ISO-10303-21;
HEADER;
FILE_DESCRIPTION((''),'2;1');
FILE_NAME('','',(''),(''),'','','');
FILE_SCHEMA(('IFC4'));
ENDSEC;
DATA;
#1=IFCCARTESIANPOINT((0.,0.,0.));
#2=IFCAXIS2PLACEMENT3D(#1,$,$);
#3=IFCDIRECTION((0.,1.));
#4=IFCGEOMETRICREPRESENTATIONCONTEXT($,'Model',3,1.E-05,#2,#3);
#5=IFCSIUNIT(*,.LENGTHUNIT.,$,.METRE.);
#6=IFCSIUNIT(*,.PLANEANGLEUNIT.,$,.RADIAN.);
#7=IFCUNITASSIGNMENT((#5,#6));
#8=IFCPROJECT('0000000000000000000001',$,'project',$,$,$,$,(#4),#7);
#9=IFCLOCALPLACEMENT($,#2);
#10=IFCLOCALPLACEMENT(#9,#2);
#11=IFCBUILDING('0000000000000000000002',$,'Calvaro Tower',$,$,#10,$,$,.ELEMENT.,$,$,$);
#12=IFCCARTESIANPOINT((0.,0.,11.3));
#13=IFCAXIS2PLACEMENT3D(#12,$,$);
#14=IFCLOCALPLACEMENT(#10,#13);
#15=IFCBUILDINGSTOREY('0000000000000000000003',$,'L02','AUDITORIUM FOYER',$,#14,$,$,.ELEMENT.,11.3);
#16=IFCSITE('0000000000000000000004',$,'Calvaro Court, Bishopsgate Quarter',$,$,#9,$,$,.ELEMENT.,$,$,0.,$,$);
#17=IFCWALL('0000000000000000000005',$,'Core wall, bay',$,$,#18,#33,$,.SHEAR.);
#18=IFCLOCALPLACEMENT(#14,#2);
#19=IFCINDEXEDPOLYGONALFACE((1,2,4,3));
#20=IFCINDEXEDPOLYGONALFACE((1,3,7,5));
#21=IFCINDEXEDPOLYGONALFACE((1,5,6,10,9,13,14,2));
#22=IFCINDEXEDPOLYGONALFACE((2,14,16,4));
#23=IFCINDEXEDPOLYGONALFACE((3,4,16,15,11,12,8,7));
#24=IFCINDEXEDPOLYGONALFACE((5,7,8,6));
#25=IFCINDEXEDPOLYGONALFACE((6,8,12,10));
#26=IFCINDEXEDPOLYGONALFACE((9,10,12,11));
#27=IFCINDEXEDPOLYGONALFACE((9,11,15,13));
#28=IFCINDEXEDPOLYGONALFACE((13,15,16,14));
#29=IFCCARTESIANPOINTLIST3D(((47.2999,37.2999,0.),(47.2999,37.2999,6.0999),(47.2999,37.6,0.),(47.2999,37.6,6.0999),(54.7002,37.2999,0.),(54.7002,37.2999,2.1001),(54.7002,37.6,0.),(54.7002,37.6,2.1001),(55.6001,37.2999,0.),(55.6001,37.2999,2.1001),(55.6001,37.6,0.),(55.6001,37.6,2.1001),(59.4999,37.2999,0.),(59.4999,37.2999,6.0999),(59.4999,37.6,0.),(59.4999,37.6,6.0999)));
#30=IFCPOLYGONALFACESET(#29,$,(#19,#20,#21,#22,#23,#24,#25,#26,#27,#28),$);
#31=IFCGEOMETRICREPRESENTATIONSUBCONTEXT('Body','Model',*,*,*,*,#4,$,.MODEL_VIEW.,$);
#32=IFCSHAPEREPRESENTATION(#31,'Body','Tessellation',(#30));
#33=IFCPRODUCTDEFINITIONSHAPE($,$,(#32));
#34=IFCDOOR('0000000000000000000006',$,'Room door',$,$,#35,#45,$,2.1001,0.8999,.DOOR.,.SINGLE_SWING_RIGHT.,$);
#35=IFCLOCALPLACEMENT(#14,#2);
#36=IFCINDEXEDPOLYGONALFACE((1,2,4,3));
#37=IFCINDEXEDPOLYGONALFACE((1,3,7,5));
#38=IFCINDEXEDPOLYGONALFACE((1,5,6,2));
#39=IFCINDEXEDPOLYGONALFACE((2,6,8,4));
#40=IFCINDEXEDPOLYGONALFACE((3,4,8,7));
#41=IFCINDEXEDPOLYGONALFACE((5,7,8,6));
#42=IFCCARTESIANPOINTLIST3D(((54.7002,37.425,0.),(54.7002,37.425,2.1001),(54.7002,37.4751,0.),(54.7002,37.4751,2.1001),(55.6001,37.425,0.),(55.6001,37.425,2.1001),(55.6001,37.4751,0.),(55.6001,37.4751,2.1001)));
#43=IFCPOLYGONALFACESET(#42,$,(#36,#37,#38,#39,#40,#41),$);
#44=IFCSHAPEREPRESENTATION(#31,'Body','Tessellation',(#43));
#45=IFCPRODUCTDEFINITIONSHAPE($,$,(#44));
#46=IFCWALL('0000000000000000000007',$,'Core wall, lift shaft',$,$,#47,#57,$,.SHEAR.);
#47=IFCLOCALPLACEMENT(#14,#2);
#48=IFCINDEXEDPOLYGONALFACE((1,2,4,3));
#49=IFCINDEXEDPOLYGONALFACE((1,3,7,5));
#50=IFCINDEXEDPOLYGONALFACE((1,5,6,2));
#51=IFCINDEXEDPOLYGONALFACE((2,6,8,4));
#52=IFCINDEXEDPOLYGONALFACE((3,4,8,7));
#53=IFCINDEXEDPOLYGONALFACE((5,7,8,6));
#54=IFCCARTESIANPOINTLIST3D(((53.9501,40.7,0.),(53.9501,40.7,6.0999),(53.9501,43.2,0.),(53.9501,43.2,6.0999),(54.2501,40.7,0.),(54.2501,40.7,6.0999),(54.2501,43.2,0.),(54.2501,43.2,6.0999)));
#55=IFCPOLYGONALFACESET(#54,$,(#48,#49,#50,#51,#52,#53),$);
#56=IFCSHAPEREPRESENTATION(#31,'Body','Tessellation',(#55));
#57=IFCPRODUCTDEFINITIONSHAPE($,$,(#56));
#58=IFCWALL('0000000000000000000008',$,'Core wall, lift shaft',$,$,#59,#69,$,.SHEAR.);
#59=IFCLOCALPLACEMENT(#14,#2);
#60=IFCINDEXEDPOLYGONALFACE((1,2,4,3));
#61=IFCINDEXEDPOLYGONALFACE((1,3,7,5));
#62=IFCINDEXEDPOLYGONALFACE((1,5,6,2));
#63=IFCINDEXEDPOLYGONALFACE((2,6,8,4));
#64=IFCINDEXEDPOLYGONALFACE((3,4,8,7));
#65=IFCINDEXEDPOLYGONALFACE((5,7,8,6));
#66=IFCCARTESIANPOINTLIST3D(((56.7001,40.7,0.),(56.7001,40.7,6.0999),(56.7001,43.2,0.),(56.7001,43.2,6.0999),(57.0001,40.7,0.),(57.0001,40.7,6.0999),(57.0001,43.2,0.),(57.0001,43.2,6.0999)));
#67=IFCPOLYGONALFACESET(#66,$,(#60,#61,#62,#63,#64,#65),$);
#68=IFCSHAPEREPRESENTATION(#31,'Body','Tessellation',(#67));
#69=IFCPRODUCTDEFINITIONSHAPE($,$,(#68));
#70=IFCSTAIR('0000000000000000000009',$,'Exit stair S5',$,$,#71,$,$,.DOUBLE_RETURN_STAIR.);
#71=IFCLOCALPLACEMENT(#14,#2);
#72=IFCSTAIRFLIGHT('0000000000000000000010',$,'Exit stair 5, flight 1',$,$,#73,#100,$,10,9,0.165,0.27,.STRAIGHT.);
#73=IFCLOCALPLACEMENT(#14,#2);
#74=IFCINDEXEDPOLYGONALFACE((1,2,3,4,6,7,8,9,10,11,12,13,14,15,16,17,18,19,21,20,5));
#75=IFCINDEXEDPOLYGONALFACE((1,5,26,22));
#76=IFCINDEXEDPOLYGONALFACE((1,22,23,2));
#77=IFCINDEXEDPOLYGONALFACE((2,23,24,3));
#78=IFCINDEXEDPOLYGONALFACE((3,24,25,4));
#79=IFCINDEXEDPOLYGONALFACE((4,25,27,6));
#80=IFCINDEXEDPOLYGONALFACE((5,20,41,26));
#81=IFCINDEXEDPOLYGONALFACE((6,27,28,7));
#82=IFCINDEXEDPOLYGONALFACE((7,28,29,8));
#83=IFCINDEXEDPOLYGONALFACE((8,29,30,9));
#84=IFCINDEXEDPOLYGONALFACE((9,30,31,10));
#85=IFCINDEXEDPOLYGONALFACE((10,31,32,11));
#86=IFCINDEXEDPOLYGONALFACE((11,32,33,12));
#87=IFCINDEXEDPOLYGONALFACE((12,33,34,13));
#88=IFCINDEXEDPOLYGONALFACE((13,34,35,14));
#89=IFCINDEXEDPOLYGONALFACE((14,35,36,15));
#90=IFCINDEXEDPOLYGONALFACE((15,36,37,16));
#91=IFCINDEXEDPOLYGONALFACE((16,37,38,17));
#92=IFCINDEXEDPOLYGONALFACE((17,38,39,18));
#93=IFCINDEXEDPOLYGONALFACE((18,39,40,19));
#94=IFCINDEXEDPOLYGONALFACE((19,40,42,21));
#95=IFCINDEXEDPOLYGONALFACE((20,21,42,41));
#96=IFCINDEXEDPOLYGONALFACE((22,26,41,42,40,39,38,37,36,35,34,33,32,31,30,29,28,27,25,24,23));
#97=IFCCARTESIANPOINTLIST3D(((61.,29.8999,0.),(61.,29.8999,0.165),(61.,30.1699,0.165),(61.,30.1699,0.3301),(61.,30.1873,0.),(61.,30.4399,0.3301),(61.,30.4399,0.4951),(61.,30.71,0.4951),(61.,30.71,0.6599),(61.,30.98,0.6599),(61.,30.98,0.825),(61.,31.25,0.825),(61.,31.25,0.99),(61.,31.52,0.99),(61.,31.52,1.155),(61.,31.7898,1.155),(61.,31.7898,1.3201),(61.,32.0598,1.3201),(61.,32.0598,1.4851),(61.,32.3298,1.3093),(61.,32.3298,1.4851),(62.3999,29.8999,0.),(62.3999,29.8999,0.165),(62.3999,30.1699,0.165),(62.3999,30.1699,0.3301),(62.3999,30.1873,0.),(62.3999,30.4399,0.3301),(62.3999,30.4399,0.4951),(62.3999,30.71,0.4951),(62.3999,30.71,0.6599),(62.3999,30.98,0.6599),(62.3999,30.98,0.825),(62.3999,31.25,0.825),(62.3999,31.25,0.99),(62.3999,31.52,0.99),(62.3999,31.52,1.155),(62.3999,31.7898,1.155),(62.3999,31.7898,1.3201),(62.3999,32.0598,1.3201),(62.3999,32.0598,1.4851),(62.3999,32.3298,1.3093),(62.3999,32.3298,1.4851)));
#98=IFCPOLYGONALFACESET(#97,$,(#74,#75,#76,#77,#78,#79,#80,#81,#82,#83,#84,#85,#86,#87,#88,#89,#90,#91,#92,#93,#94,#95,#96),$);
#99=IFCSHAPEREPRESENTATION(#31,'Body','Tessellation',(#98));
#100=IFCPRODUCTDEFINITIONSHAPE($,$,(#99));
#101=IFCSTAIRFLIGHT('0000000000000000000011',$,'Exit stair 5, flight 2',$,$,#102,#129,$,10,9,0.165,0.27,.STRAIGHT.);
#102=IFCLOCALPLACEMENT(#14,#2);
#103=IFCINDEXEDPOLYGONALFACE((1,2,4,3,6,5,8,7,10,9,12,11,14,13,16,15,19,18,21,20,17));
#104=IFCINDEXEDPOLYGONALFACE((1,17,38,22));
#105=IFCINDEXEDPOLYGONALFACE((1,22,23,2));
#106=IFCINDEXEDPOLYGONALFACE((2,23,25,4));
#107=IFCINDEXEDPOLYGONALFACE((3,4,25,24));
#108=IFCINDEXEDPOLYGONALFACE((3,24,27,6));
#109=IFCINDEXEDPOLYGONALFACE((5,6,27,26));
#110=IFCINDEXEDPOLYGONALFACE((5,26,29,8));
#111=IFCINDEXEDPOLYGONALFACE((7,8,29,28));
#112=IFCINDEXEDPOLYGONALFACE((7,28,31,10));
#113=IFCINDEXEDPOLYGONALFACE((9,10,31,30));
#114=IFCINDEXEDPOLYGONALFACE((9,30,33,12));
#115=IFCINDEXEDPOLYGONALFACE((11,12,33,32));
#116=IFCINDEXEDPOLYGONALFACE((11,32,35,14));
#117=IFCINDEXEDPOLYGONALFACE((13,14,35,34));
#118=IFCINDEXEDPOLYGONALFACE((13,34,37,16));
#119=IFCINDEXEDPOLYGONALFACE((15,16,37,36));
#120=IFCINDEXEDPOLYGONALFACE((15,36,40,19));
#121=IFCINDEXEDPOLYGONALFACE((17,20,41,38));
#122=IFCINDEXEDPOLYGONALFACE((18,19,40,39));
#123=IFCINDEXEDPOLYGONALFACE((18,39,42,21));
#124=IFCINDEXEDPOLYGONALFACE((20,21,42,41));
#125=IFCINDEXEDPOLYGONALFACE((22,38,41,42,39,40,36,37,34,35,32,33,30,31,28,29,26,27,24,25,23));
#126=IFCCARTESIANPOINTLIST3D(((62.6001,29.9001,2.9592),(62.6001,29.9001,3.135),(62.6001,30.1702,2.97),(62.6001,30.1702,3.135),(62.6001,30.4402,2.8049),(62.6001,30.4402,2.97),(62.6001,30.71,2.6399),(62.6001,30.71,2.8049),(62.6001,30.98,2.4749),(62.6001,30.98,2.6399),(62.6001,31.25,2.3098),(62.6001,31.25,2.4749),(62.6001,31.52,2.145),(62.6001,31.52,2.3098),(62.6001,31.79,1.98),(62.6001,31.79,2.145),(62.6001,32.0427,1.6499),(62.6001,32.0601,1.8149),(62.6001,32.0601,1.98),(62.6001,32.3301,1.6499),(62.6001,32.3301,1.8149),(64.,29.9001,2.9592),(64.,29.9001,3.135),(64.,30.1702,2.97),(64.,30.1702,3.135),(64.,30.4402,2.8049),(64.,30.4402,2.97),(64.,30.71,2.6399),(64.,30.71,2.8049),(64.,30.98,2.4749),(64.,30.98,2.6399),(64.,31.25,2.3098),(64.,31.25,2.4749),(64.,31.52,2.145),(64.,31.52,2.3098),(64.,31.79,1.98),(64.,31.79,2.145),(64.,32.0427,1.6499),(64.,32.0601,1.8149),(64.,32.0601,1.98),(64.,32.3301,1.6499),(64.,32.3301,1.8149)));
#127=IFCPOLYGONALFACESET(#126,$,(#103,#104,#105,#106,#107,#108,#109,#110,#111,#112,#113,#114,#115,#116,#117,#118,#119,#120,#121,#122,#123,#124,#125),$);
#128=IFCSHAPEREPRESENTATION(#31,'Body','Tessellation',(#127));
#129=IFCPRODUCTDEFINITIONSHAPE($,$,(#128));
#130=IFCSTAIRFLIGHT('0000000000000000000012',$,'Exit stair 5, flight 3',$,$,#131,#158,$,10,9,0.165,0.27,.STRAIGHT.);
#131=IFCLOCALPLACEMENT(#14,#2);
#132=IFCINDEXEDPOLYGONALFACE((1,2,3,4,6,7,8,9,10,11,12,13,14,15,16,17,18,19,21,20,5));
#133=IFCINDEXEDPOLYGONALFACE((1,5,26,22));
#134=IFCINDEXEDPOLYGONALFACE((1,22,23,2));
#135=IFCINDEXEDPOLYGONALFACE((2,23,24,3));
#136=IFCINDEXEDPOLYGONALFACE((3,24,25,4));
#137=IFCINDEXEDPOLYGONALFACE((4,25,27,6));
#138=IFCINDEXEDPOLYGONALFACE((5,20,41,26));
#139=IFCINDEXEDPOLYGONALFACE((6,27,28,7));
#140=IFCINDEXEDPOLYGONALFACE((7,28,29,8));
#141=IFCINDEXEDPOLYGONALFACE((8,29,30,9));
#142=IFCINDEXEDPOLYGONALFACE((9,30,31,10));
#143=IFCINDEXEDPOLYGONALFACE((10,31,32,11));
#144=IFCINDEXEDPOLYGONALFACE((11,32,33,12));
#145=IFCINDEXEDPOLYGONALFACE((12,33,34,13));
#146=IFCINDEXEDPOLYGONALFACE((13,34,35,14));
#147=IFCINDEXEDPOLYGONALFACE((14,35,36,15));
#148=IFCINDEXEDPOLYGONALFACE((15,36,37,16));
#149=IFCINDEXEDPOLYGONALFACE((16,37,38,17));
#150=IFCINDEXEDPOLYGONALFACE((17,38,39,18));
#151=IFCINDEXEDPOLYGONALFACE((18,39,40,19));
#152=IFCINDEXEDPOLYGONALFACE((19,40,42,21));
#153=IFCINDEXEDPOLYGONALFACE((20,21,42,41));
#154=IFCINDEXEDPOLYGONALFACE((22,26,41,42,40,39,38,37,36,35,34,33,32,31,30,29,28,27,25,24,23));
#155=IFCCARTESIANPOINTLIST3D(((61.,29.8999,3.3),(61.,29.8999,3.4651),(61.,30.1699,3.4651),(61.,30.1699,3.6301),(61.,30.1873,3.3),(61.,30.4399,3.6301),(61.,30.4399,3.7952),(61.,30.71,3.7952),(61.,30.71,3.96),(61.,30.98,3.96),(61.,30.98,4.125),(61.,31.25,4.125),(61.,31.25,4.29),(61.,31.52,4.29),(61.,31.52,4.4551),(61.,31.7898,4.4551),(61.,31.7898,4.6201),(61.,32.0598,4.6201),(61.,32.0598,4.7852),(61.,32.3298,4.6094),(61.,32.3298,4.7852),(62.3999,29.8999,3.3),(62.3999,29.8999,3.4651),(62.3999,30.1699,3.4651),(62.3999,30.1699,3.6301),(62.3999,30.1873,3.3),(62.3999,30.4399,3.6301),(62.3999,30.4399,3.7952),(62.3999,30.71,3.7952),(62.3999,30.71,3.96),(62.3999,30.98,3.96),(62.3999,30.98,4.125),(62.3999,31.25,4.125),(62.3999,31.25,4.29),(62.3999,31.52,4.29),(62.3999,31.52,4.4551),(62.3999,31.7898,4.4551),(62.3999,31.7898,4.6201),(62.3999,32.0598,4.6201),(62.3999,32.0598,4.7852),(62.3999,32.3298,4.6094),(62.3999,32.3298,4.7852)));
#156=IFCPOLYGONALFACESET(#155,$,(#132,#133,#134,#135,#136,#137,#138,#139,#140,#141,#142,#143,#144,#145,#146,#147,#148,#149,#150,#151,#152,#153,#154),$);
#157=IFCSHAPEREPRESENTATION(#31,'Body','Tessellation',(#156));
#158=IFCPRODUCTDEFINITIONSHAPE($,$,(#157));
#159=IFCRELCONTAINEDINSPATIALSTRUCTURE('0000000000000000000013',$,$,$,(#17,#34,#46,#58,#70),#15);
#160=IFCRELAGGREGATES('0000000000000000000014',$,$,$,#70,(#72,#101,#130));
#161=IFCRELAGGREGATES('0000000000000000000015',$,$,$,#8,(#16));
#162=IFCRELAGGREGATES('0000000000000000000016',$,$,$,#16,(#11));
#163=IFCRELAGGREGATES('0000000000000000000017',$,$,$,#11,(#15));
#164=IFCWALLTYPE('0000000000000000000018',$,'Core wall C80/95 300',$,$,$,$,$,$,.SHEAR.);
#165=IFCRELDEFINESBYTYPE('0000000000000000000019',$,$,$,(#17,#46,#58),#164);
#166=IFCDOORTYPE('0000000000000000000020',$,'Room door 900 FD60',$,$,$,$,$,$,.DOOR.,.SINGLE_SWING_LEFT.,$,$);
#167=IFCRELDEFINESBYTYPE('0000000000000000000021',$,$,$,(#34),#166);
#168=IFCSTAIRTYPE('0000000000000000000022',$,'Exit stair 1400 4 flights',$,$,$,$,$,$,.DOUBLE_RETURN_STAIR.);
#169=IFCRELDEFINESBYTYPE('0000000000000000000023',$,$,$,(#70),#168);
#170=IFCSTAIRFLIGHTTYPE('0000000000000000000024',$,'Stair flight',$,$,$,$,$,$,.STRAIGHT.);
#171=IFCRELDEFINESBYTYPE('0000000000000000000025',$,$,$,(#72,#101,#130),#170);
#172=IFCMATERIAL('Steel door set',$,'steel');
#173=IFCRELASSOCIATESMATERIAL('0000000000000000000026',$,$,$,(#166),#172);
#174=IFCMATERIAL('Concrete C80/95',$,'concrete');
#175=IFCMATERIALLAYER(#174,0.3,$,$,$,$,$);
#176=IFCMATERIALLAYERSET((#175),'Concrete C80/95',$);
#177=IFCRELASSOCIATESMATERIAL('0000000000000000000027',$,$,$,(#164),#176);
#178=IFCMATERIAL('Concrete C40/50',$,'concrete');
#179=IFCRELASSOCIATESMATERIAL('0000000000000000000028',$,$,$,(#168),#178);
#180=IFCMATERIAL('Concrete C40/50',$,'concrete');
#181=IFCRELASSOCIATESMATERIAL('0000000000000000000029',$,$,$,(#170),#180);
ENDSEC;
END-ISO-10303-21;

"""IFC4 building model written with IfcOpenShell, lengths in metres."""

from ifc_helpers import new_model, si_unit, direction, frame, frame_2d, origin, place, context, subcontext, project, spatial, polyline, rectangle, outline, extrude, material, layer, layer_set, type_object, element, fill, aggregate, save


model = new_model("IFC4")

# Units and contexts
model_context = context("Model", 3, precision=1e-05, world=origin(), true_north=direction((0.0, 1.0)))
body_context = subcontext(model_context, "Body", "Model", "MODEL_VIEW")
ifc_project = project(units=[si_unit("LENGTHUNIT", "METRE"), si_unit("PLANEANGLEUNIT", "RADIAN")], contexts=[model_context])

# Site, building, storey
site_placement = place(None, origin())
site = spatial("IfcSite", under=ifc_project, at=site_placement, Name="Calvaro Court, Bishopsgate Quarter", CompositionType="ELEMENT", RefElevation=0.0)
building_placement = place(site_placement, origin())
building = spatial("IfcBuilding", under=site, at=building_placement, Name="Calvaro Tower", CompositionType="ELEMENT")
storey_placement = place(building_placement, frame((0.0, 0.0, 11.3)))
storey = spatial("IfcBuildingStorey", under=building, at=storey_placement, Name="L02", Description="AUDITORIUM FOYER", CompositionType="ELEMENT", Elevation=11.3)

# Shared definitions
ifc_material_1 = material(Name="Steel door set", Category="steel")
door_type_1 = type_object("IfcDoorType", Name="Room door 900 FD60", OperationType="SINGLE_SWING_LEFT", PredefinedType="DOOR", material=ifc_material_1)

# Shared definitions
ifc_material_2 = material(Name="Concrete C80/95", Category="concrete")
ifc_layer_1 = layer(ifc_material_2, 0.3)
ifc_layer_set_1 = layer_set([ifc_layer_1], Name="Concrete C80/95")
wall_type_1 = type_object("IfcWallType", Name="Core wall C80/95 300", PredefinedType="SHEAR", material=ifc_layer_set_1)

# Wall, opening, door
wall_1_placement = place(storey_placement, frame((59.5, 37.45, 0.0), z_axis=(0.0, 0.0, 1.0), x_axis=(-1.0, 0.0, 0.0)))
wall_1 = element("IfcWall", 1, at=wall_1_placement, inside=storey, type_object=wall_type_1, Name="Core wall, bay", PredefinedType="SHEAR", context=body_context, shape_type="SweptSolid", body=[
    extrude(rectangle(XDim=12.2, YDim=0.3, at=frame_2d((6.1001, 0.0))), origin(), (0.0, 0.0, 1.0), 6.0999),
])
opening_1_placement = place(wall_1_placement, frame((3.8999, 0.0, 0.0)))
opening_1 = element("IfcOpeningElement", 2, at=opening_1_placement, cuts=wall_1, PredefinedType="OPENING", context=body_context, shape_type="SweptSolid", body=[
    extrude(rectangle(XDim=0.8999, YDim=2.1001, at=frame_2d((0.45, 1.05))), frame((0.0, 0.1599, 0.0), z_axis=(0.0, -1.0, 0.0), x_axis=(1.0, 0.0, 0.0)), (0.0, 0.0, 1.0), 0.3201),
])
door_1_placement = place(opening_1_placement, origin())
door_1 = element("IfcDoor", 3, at=door_1_placement, inside=storey, type_object=door_type_1, Name="Room door", OperationType="SINGLE_SWING_RIGHT", OverallHeight=2.1001, OverallWidth=0.8999, PredefinedType="DOOR", context=body_context, shape_type="SweptSolid", body=[
    extrude(rectangle(XDim=0.8999, YDim=2.1001, at=frame_2d((0.45, 1.05))), frame((0.0, 0.0249, 0.0), z_axis=(0.0, -1.0, 0.0), x_axis=(1.0, 0.0, 0.0)), (0.0, 0.0, 1.0), 0.05),
])
fill(opening_1, door_1)

# Walls
for number, where, z_axis, x_axis, name in (
    (4, (54.1001, 40.7, 0.0), (0.0, 0.0, 1.0), (0.0, 1.0, 0.0), "Core wall, lift shaft"),
    (5, (56.8501, 40.7, 0.0), (0.0, 0.0, 1.0), (0.0, 1.0, 0.0), "Core wall, lift shaft"),
):
    element("IfcWall", number, at=place(storey_placement, frame(where, z_axis=z_axis, x_axis=x_axis)), inside=storey, type_object=wall_type_1, Name=name, PredefinedType="SHEAR", context=body_context, shape_type="SweptSolid", body=[
        extrude(rectangle(XDim=2.5, YDim=0.3, at=frame_2d((1.25, 0.0))), origin(), (0.0, 0.0, 1.0), 6.0999),
    ])

# Stair, stair flights
ifc_material_3 = material(Name="Concrete C40/50", Category="concrete")
stair_type = type_object("IfcStairType", Name="Exit stair 1400 4 flights", PredefinedType="DOUBLE_RETURN_STAIR", material=ifc_material_3)
stair_1_placement = place(storey_placement, origin())
stair_1 = element("IfcStair", 6, at=stair_1_placement, inside=storey, type_object=stair_type, Name="Exit stair S5", PredefinedType="DOUBLE_RETURN_STAIR")
ifc_material_4 = material(Name="Concrete C40/50", Category="concrete")
stair_flight_type = type_object("IfcStairFlightType", Name="Stair flight", PredefinedType="STRAIGHT", material=ifc_material_4)
stair_flight_1_placement = place(storey_placement, frame((61.7, 29.8999, 0.0), z_axis=(0.0, 0.0, 1.0), x_axis=(0.0, 1.0, 0.0)))
stair_flight_1 = element("IfcStairFlight", 7, at=stair_flight_1_placement, type_object=stair_flight_type, Name="Exit stair 5, flight 1", NumberOfRisers=10, NumberOfTreads=9, PredefinedType="STRAIGHT", RiserHeight=0.165, TreadLength=0.27, context=body_context, shape_type="SweptSolid", body=[
    extrude(outline(polyline([(0.0, 0.0), (0.0, 0.165), (0.27, 0.165), (0.27, 0.3301), (0.54, 0.3301), (0.54, 0.4951), (0.8101, 0.4951), (0.8101, 0.6599), (1.0801, 0.6599), (1.0801, 0.825), (1.3501, 0.825), (1.3501, 0.99), (1.6201, 0.99), (1.6201, 1.155), (1.8899, 1.155), (1.8899, 1.3201), (2.1599, 1.3201), (2.1599, 1.4851), (2.4299, 1.4851), (2.4299, 1.6499), (2.4299, 1.3093), (0.2874, 0.0), (0.0, 0.0)])), frame((0.0, 0.7, 0.0), z_axis=(0.0, -1.0, 0.0), x_axis=(1.0, 0.0, 0.0)), (0.0, 0.0, 1.0), 1.3999),
])
stair_flight_2_placement = place(storey_placement, frame((63.3, 32.3301, 1.6499), z_axis=(0.0, 0.0, 1.0), x_axis=(0.0, -1.0, 0.0)))
stair_flight_2 = element("IfcStairFlight", 8, at=stair_flight_2_placement, type_object=stair_flight_type, Name="Exit stair 5, flight 2", NumberOfRisers=10, NumberOfTreads=9, PredefinedType="STRAIGHT", RiserHeight=0.165, TreadLength=0.27, context=body_context, shape_type="SweptSolid", body=[
    extrude(outline(polyline([(0.0, 0.0), (0.0, 0.165), (0.27, 0.165), (0.27, 0.3301), (0.54, 0.3301), (0.54, 0.4951), (0.8101, 0.4951), (0.8101, 0.6599), (1.0801, 0.6599), (1.0801, 0.825), (1.3501, 0.825), (1.3501, 0.99), (1.6201, 0.99), (1.6201, 1.155), (1.8899, 1.155), (1.8899, 1.3201), (2.1599, 1.3201), (2.1599, 1.4851), (2.4299, 1.4851), (2.4299, 1.6499), (2.4299, 1.3093), (0.2874, 0.0), (0.0, 0.0)])), frame((0.0, 0.7, 0.0), z_axis=(0.0, -1.0, 0.0), x_axis=(1.0, 0.0, 0.0)), (0.0, 0.0, 1.0), 1.3999),
])
stair_flight_3_placement = place(storey_placement, frame((61.7, 29.8999, 3.3), z_axis=(0.0, 0.0, 1.0), x_axis=(0.0, 1.0, 0.0)))
stair_flight_3 = element("IfcStairFlight", 9, at=stair_flight_3_placement, type_object=stair_flight_type, Name="Exit stair 5, flight 3", NumberOfRisers=10, NumberOfTreads=9, PredefinedType="STRAIGHT", RiserHeight=0.165, TreadLength=0.27, context=body_context, shape_type="SweptSolid", body=[
    extrude(outline(polyline([(0.0, 0.0), (0.0, 0.165), (0.27, 0.165), (0.27, 0.3301), (0.54, 0.3301), (0.54, 0.4951), (0.8101, 0.4951), (0.8101, 0.6599), (1.0801, 0.6599), (1.0801, 0.825), (1.3501, 0.825), (1.3501, 0.99), (1.6201, 0.99), (1.6201, 1.155), (1.8899, 1.155), (1.8899, 1.3201), (2.1599, 1.3201), (2.1599, 1.4851), (2.4299, 1.4851), (2.4299, 1.6499), (2.4299, 1.3093), (0.2874, 0.0), (0.0, 0.0)])), frame((0.0, 0.7, 0.0), z_axis=(0.0, -1.0, 0.0), x_axis=(1.0, 0.0, 0.0)), (0.0, 0.0, 1.0), 1.3999),
])

aggregate(stair_1, [stair_flight_1, stair_flight_2, stair_flight_3])

save(model, "model.ifc")
